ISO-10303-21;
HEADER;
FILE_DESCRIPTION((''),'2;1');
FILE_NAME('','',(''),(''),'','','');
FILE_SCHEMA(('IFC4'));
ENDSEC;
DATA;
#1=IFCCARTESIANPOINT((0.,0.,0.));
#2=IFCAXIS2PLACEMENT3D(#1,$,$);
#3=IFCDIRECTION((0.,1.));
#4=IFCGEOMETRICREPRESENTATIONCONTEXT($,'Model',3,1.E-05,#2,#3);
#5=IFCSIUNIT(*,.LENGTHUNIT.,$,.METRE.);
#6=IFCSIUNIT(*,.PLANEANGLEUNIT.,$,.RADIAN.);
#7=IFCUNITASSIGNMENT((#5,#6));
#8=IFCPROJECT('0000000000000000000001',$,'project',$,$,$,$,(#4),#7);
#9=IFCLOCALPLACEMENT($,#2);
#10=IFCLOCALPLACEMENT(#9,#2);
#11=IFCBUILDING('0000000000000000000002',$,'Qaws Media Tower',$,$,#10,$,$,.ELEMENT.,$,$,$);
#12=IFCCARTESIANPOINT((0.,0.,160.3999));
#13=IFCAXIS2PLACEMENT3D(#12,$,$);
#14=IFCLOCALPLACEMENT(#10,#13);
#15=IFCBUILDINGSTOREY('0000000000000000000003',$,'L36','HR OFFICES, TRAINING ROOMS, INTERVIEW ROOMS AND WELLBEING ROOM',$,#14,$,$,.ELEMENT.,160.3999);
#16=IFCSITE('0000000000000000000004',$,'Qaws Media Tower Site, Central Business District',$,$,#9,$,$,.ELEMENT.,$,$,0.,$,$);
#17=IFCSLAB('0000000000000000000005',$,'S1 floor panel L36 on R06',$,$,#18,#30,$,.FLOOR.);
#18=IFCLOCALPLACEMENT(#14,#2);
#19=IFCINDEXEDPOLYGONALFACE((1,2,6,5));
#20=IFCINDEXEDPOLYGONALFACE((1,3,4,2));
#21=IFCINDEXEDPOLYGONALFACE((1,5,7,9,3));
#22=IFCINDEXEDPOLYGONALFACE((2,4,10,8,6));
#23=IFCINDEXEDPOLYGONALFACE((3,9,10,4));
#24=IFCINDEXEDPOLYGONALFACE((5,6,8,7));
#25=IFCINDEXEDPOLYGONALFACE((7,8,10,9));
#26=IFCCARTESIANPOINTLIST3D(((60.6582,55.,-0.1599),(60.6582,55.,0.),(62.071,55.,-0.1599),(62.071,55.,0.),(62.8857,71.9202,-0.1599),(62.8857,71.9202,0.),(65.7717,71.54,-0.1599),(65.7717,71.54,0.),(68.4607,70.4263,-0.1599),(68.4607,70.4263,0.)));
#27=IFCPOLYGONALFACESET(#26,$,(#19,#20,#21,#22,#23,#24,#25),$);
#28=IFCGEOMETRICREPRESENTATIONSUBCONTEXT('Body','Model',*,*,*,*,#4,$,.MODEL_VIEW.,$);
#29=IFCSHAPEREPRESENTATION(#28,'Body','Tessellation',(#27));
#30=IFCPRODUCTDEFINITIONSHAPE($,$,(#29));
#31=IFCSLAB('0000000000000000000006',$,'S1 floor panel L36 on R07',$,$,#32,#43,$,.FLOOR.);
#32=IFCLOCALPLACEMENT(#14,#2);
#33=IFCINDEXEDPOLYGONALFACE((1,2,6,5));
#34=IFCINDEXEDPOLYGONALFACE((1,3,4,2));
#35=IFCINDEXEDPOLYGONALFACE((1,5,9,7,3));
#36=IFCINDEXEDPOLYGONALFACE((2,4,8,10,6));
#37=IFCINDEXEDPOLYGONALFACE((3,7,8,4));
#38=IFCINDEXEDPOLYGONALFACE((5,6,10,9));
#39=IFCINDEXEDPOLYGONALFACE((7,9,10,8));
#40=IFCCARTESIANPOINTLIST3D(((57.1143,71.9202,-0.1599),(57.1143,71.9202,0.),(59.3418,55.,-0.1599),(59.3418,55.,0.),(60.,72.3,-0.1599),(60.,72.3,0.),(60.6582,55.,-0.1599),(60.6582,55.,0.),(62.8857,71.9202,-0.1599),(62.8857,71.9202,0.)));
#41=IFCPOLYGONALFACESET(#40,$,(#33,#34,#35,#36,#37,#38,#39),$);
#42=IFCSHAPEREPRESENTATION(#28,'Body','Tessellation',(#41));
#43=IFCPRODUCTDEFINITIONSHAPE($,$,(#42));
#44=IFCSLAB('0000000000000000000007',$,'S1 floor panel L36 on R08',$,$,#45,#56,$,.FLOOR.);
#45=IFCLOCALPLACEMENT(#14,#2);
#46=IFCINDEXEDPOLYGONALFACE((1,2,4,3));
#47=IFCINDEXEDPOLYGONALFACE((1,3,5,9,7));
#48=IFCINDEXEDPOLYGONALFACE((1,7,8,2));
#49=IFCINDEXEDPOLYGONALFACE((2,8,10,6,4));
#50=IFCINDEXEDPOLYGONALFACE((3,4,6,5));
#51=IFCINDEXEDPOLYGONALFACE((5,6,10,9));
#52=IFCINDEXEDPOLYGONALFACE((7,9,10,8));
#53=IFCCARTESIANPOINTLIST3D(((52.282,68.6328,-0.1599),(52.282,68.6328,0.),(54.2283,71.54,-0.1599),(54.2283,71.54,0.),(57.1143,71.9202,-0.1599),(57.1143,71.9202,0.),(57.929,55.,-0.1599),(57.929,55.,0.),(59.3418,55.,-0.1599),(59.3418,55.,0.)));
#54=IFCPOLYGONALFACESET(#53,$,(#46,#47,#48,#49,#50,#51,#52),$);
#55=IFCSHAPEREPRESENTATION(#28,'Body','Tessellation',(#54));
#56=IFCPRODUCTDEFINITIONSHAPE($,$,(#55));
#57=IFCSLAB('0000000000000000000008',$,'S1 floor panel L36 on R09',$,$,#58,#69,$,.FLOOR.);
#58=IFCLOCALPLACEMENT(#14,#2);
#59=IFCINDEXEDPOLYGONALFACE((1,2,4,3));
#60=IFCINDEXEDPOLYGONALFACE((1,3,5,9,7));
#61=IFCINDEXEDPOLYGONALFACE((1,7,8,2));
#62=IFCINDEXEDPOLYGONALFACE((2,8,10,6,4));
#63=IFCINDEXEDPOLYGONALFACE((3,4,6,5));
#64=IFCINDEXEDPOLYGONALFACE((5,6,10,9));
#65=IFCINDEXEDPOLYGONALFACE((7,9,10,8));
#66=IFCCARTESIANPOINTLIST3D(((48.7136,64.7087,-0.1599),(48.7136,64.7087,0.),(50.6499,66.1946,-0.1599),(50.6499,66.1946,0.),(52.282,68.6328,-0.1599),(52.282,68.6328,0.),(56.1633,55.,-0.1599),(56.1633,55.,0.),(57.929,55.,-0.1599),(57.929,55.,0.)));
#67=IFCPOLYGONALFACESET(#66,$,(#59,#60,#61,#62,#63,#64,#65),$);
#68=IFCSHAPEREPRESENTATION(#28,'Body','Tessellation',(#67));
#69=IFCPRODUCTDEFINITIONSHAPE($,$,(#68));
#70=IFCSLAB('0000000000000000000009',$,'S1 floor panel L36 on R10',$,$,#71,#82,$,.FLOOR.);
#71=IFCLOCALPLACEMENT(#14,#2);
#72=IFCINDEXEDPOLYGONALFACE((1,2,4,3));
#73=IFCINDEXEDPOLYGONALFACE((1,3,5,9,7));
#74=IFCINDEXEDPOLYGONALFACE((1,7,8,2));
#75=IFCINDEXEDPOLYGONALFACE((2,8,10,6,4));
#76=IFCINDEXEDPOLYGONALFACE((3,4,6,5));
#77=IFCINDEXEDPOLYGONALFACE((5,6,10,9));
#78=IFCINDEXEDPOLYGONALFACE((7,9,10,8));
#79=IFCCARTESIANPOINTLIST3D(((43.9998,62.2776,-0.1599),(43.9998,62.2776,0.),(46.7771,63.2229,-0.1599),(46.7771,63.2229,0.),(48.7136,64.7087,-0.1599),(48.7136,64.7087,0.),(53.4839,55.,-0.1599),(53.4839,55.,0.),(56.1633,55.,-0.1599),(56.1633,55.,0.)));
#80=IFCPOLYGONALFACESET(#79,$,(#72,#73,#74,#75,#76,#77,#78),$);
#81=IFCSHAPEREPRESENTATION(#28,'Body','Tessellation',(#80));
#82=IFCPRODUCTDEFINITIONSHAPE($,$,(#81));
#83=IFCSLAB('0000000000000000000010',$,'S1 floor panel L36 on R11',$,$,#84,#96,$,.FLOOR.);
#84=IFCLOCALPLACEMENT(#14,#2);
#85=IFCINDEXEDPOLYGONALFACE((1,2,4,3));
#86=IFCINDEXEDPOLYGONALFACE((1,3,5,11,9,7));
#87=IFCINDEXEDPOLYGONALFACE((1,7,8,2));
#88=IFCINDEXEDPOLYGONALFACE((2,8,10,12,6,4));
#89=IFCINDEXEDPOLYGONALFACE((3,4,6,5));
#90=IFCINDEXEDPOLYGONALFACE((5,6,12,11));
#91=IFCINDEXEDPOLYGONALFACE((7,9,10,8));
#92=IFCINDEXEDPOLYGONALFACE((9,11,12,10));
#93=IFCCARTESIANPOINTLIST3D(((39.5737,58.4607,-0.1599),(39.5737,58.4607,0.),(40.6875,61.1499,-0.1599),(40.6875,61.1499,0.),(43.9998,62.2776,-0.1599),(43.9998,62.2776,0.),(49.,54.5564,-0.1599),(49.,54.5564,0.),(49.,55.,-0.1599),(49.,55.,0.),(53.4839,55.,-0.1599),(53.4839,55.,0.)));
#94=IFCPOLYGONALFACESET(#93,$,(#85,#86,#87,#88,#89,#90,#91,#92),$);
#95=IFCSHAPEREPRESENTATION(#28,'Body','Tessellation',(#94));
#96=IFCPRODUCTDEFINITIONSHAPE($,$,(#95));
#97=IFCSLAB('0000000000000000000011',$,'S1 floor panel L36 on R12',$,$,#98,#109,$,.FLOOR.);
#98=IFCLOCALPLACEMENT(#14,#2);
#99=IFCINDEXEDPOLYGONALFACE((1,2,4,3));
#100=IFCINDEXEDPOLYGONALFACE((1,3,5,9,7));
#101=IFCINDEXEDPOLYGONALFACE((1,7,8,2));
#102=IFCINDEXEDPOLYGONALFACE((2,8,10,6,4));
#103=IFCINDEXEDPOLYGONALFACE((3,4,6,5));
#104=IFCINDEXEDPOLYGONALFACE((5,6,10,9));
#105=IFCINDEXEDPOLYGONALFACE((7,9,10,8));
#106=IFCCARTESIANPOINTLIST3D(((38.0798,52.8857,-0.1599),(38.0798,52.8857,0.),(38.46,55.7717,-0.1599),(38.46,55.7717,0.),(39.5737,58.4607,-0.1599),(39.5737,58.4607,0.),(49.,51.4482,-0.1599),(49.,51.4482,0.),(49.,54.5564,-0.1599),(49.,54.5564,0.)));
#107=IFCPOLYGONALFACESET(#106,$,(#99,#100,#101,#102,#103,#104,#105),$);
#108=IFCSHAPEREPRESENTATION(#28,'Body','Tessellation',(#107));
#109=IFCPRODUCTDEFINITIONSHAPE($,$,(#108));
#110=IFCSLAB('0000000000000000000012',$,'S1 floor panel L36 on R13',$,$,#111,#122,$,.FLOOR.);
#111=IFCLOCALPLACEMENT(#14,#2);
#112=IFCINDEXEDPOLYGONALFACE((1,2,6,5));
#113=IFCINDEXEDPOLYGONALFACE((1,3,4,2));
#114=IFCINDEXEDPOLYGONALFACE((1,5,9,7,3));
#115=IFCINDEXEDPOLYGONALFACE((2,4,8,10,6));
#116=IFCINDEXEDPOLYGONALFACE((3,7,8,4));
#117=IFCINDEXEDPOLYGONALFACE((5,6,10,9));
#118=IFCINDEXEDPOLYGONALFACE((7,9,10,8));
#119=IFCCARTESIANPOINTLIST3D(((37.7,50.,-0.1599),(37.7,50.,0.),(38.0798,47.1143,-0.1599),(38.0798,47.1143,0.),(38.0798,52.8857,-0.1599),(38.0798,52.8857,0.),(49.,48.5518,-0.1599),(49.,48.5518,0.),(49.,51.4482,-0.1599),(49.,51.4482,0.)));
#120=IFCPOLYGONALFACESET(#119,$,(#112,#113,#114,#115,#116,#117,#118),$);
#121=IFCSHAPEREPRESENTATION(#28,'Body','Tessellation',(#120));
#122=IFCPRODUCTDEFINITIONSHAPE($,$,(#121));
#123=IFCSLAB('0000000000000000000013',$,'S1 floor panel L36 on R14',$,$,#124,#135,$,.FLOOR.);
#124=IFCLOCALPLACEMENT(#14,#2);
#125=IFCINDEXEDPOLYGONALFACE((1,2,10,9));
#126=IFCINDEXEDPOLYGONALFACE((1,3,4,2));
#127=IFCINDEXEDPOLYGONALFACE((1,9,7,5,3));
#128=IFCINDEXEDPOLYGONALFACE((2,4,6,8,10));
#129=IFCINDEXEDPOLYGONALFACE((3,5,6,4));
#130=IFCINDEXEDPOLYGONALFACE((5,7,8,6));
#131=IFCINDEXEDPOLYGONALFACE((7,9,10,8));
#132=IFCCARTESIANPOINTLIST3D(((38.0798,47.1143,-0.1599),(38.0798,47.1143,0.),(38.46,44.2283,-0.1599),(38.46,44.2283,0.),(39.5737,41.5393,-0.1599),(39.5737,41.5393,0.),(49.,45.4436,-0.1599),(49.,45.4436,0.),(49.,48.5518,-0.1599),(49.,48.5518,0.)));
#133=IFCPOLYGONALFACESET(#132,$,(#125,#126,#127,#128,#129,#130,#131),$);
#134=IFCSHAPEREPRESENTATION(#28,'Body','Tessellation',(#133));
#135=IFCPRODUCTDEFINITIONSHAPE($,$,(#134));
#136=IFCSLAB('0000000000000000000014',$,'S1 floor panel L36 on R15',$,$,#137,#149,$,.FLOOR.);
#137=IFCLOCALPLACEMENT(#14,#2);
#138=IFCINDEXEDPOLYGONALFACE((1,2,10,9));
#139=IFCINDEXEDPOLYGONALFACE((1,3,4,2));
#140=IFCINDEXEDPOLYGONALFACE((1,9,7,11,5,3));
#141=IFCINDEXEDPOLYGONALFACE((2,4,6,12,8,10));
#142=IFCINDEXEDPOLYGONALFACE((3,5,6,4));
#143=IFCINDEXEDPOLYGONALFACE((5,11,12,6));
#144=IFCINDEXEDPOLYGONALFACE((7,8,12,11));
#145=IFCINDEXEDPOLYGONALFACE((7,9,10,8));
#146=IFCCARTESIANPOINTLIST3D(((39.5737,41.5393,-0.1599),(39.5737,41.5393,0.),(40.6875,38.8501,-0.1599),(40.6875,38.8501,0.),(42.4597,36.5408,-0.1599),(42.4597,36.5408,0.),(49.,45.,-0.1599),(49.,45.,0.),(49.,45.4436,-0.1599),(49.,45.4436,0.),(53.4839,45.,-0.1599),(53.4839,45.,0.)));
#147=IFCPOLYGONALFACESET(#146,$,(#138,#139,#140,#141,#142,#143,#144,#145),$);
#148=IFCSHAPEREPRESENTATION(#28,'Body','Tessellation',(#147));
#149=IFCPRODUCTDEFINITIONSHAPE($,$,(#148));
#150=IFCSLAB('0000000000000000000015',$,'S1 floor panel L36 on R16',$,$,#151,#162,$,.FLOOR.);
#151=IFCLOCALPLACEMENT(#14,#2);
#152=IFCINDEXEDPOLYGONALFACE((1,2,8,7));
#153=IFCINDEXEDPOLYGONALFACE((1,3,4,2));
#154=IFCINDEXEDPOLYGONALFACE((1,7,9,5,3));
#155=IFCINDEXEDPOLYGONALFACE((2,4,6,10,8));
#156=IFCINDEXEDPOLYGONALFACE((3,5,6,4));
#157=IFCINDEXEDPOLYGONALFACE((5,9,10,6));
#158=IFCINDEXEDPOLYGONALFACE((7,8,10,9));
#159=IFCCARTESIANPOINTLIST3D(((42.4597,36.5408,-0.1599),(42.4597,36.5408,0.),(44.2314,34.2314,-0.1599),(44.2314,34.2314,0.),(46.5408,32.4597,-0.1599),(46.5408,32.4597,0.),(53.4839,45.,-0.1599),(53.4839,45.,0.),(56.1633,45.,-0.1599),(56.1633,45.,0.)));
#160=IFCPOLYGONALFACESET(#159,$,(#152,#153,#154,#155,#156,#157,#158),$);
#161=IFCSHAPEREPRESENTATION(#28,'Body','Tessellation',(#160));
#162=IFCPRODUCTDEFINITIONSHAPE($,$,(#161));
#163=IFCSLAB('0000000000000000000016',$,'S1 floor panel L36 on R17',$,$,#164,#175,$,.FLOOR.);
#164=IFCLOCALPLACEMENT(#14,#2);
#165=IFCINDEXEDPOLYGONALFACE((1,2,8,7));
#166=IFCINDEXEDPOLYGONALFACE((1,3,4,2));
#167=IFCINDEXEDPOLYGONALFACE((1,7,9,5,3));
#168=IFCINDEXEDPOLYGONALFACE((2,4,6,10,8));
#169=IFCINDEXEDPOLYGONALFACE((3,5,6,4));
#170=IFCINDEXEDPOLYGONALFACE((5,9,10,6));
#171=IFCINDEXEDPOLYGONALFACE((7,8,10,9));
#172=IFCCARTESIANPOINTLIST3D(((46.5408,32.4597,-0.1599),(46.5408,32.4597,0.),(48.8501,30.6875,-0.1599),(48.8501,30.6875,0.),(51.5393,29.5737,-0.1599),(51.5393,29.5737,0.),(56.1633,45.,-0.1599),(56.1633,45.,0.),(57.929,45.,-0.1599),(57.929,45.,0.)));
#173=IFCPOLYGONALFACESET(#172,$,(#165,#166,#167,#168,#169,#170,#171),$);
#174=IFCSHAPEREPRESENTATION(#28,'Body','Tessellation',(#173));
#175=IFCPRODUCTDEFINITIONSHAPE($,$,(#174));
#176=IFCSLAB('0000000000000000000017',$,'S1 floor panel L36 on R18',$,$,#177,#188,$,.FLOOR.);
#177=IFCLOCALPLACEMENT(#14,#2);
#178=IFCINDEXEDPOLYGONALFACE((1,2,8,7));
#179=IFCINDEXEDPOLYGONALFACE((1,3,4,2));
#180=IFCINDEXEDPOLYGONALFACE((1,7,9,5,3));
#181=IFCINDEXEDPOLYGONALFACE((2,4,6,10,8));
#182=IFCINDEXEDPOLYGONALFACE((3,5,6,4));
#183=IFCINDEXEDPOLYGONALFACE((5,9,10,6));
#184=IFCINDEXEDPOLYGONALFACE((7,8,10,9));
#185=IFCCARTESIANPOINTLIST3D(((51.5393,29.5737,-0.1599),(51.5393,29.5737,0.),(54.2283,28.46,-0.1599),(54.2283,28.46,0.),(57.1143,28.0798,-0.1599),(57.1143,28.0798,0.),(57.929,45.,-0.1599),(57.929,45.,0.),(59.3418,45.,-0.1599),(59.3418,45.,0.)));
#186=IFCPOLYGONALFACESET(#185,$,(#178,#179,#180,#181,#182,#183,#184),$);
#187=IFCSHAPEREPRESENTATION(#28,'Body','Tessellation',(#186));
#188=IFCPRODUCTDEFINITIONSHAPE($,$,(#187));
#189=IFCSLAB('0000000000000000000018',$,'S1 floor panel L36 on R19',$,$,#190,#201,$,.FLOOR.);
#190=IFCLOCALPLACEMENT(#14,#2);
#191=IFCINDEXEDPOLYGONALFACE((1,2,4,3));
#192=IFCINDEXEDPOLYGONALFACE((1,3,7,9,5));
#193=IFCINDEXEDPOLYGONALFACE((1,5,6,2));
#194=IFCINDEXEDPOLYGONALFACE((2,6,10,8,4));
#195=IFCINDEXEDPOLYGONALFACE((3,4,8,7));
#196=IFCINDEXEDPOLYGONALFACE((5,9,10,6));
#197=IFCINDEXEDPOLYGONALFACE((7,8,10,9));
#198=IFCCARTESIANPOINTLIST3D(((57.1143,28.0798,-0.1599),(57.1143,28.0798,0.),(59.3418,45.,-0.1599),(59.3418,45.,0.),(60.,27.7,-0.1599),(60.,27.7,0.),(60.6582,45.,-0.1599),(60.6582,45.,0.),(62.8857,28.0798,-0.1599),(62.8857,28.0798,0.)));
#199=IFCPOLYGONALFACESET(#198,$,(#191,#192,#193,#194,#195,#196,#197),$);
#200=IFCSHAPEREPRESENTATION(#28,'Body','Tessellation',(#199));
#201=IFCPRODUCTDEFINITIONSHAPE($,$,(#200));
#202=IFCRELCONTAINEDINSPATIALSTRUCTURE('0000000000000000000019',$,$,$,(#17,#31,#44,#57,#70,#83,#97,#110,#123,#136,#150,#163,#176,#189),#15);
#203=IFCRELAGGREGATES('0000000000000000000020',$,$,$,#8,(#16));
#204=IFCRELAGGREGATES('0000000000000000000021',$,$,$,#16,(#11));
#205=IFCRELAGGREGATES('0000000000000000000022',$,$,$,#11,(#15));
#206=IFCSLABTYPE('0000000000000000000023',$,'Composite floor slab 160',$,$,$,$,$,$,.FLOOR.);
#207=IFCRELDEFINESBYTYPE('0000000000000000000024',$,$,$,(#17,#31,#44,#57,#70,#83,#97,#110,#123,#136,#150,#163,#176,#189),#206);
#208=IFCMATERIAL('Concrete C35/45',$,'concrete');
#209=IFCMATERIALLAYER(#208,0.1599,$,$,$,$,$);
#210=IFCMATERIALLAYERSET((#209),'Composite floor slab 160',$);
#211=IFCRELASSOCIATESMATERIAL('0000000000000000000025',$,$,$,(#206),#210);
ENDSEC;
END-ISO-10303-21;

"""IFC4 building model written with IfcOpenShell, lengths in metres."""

from ifc_helpers import new_model, si_unit, direction, frame, origin, place, context, subcontext, project, spatial, polyline, outline, extrude, material, layer, layer_set, type_object, element, save


model = new_model("IFC4")

# Units and contexts
model_context = context("Model", 3, precision=1e-05, world=origin(), true_north=direction((0.0, 1.0)))
body_context = subcontext(model_context, "Body", "Model", "MODEL_VIEW")
ifc_project = project(units=[si_unit("LENGTHUNIT", "METRE"), si_unit("PLANEANGLEUNIT", "RADIAN")], contexts=[model_context])

# Site, building, storey
site_placement = place(None, origin())
site = spatial("IfcSite", under=ifc_project, at=site_placement, Name="Qaws Media Tower Site, Central Business District", CompositionType="ELEMENT", RefElevation=0.0)
building_placement = place(site_placement, origin())
building = spatial("IfcBuilding", under=site, at=building_placement, Name="Qaws Media Tower", CompositionType="ELEMENT")
storey_placement = place(building_placement, frame((0.0, 0.0, 160.3999)))
storey = spatial("IfcBuildingStorey", under=building, at=storey_placement, Name="L36", Description="HR OFFICES, TRAINING ROOMS, INTERVIEW ROOMS AND WELLBEING ROOM", CompositionType="ELEMENT", Elevation=160.3999)

# Slabs
ifc_material_1 = material(Name="Concrete C35/45", Category="concrete")
ifc_layer_1 = layer(ifc_material_1, 0.1599)
ifc_layer_set_1 = layer_set([ifc_layer_1], Name="Composite floor slab 160")
slab_type_1 = type_object("IfcSlabType", Name="Composite floor slab 160", PredefinedType="FLOOR", material=ifc_layer_set_1)
slab_1_placement = place(storey_placement, frame((0.0, 0.0, -0.1599)))
element("IfcSlab", 1, at=slab_1_placement, inside=storey, type_object=slab_type_1, Name="S1 floor panel L36 on R06", PredefinedType="FLOOR", context=body_context, shape_type="SweptSolid", body=[
    extrude(outline(polyline([(65.7717, 71.54), (68.4607, 70.4263), (62.071, 55.0), (60.6582, 55.0), (62.8857, 71.9202), (65.7717, 71.54)])), origin(), (0.0, 0.0, 1.0), 0.1599),
])
slab_2_placement = place(storey_placement, frame((0.0, 0.0, -0.1599)))
element("IfcSlab", 2, at=slab_2_placement, inside=storey, type_object=slab_type_1, Name="S1 floor panel L36 on R07", PredefinedType="FLOOR", context=body_context, shape_type="SweptSolid", body=[
    extrude(outline(polyline([(60.0, 72.3), (62.8857, 71.9202), (60.6582, 55.0), (59.3418, 55.0), (57.1143, 71.9202), (60.0, 72.3)])), origin(), (0.0, 0.0, 1.0), 0.1599),
])
slab_3_placement = place(storey_placement, frame((0.0, 0.0, -0.1599)))
element("IfcSlab", 3, at=slab_3_placement, inside=storey, type_object=slab_type_1, Name="S1 floor panel L36 on R08", PredefinedType="FLOOR", context=body_context, shape_type="SweptSolid", body=[
    extrude(outline(polyline([(54.2283, 71.54), (57.1143, 71.9202), (59.3418, 55.0), (57.929, 55.0), (52.282, 68.6328), (54.2283, 71.54)])), origin(), (0.0, 0.0, 1.0), 0.1599),
])
slab_4_placement = place(storey_placement, frame((0.0, 0.0, -0.1599)))
element("IfcSlab", 4, at=slab_4_placement, inside=storey, type_object=slab_type_1, Name="S1 floor panel L36 on R09", PredefinedType="FLOOR", context=body_context, shape_type="SweptSolid", body=[
    extrude(outline(polyline([(50.6499, 66.1946), (52.282, 68.6328), (57.929, 55.0), (56.1633, 55.0), (48.7136, 64.7087), (50.6499, 66.1946)])), origin(), (0.0, 0.0, 1.0), 0.1599),
])
slab_5_placement = place(storey_placement, frame((0.0, 0.0, -0.1599)))
element("IfcSlab", 5, at=slab_5_placement, inside=storey, type_object=slab_type_1, Name="S1 floor panel L36 on R10", PredefinedType="FLOOR", context=body_context, shape_type="SweptSolid", body=[
    extrude(outline(polyline([(46.7771, 63.2229), (48.7136, 64.7087), (56.1633, 55.0), (53.4839, 55.0), (43.9998, 62.2776), (46.7771, 63.2229)])), origin(), (0.0, 0.0, 1.0), 0.1599),
])
slab_6_placement = place(storey_placement, frame((0.0, 0.0, -0.1599)))
element("IfcSlab", 6, at=slab_6_placement, inside=storey, type_object=slab_type_1, Name="S1 floor panel L36 on R11", PredefinedType="FLOOR", context=body_context, shape_type="SweptSolid", body=[
    extrude(outline(polyline([(40.6875, 61.1499), (43.9998, 62.2776), (53.4839, 55.0), (49.0, 55.0), (49.0, 54.5564), (39.5737, 58.4607), (40.6875, 61.1499)])), origin(), (0.0, 0.0, 1.0), 0.1599),
])
slab_7_placement = place(storey_placement, frame((0.0, 0.0, -0.1599)))
element("IfcSlab", 7, at=slab_7_placement, inside=storey, type_object=slab_type_1, Name="S1 floor panel L36 on R12", PredefinedType="FLOOR", context=body_context, shape_type="SweptSolid", body=[
    extrude(outline(polyline([(38.46, 55.7717), (39.5737, 58.4607), (49.0, 54.5564), (49.0, 51.4482), (38.0798, 52.8857), (38.46, 55.7717)])), origin(), (0.0, 0.0, 1.0), 0.1599),
])
slab_8_placement = place(storey_placement, frame((0.0, 0.0, -0.1599)))
element("IfcSlab", 8, at=slab_8_placement, inside=storey, type_object=slab_type_1, Name="S1 floor panel L36 on R13", PredefinedType="FLOOR", context=body_context, shape_type="SweptSolid", body=[
    extrude(outline(polyline([(37.7, 50.0), (38.0798, 52.8857), (49.0, 51.4482), (49.0, 48.5518), (38.0798, 47.1143), (37.7, 50.0)])), origin(), (0.0, 0.0, 1.0), 0.1599),
])
slab_9_placement = place(storey_placement, frame((0.0, 0.0, -0.1599)))
element("IfcSlab", 9, at=slab_9_placement, inside=storey, type_object=slab_type_1, Name="S1 floor panel L36 on R14", PredefinedType="FLOOR", context=body_context, shape_type="SweptSolid", body=[
    extrude(outline(polyline([(38.46, 44.2283), (38.0798, 47.1143), (49.0, 48.5518), (49.0, 45.4436), (39.5737, 41.5393), (38.46, 44.2283)])), origin(), (0.0, 0.0, 1.0), 0.1599),
])
slab_10_placement = place(storey_placement, frame((0.0, 0.0, -0.1599)))
element("IfcSlab", 10, at=slab_10_placement, inside=storey, type_object=slab_type_1, Name="S1 floor panel L36 on R15", PredefinedType="FLOOR", context=body_context, shape_type="SweptSolid", body=[
    extrude(outline(polyline([(40.6875, 38.8501), (39.5737, 41.5393), (49.0, 45.4436), (49.0, 45.0), (53.4839, 45.0), (42.4597, 36.5408), (40.6875, 38.8501)])), origin(), (0.0, 0.0, 1.0), 0.1599),
])
slab_11_placement = place(storey_placement, frame((0.0, 0.0, -0.1599)))
element("IfcSlab", 11, at=slab_11_placement, inside=storey, type_object=slab_type_1, Name="S1 floor panel L36 on R16", PredefinedType="FLOOR", context=body_context, shape_type="SweptSolid", body=[
    extrude(outline(polyline([(44.2314, 34.2314), (42.4597, 36.5408), (53.4839, 45.0), (56.1633, 45.0), (46.5408, 32.4597), (44.2314, 34.2314)])), origin(), (0.0, 0.0, 1.0), 0.1599),
])
slab_12_placement = place(storey_placement, frame((0.0, 0.0, -0.1599)))
element("IfcSlab", 12, at=slab_12_placement, inside=storey, type_object=slab_type_1, Name="S1 floor panel L36 on R17", PredefinedType="FLOOR", context=body_context, shape_type="SweptSolid", body=[
    extrude(outline(polyline([(48.8501, 30.6875), (46.5408, 32.4597), (56.1633, 45.0), (57.929, 45.0), (51.5393, 29.5737), (48.8501, 30.6875)])), origin(), (0.0, 0.0, 1.0), 0.1599),
])
slab_13_placement = place(storey_placement, frame((0.0, 0.0, -0.1599)))
element("IfcSlab", 13, at=slab_13_placement, inside=storey, type_object=slab_type_1, Name="S1 floor panel L36 on R18", PredefinedType="FLOOR", context=body_context, shape_type="SweptSolid", body=[
    extrude(outline(polyline([(54.2283, 28.46), (51.5393, 29.5737), (57.929, 45.0), (59.3418, 45.0), (57.1143, 28.0798), (54.2283, 28.46)])), origin(), (0.0, 0.0, 1.0), 0.1599),
])
slab_14_placement = place(storey_placement, frame((0.0, 0.0, -0.1599)))
element("IfcSlab", 14, at=slab_14_placement, inside=storey, type_object=slab_type_1, Name="S1 floor panel L36 on R19", PredefinedType="FLOOR", context=body_context, shape_type="SweptSolid", body=[
    extrude(outline(polyline([(60.0, 27.7), (57.1143, 28.0798), (59.3418, 45.0), (60.6582, 45.0), (62.8857, 28.0798), (60.0, 27.7)])), origin(), (0.0, 0.0, 1.0), 0.1599),
])

save(model, "model.ifc")
